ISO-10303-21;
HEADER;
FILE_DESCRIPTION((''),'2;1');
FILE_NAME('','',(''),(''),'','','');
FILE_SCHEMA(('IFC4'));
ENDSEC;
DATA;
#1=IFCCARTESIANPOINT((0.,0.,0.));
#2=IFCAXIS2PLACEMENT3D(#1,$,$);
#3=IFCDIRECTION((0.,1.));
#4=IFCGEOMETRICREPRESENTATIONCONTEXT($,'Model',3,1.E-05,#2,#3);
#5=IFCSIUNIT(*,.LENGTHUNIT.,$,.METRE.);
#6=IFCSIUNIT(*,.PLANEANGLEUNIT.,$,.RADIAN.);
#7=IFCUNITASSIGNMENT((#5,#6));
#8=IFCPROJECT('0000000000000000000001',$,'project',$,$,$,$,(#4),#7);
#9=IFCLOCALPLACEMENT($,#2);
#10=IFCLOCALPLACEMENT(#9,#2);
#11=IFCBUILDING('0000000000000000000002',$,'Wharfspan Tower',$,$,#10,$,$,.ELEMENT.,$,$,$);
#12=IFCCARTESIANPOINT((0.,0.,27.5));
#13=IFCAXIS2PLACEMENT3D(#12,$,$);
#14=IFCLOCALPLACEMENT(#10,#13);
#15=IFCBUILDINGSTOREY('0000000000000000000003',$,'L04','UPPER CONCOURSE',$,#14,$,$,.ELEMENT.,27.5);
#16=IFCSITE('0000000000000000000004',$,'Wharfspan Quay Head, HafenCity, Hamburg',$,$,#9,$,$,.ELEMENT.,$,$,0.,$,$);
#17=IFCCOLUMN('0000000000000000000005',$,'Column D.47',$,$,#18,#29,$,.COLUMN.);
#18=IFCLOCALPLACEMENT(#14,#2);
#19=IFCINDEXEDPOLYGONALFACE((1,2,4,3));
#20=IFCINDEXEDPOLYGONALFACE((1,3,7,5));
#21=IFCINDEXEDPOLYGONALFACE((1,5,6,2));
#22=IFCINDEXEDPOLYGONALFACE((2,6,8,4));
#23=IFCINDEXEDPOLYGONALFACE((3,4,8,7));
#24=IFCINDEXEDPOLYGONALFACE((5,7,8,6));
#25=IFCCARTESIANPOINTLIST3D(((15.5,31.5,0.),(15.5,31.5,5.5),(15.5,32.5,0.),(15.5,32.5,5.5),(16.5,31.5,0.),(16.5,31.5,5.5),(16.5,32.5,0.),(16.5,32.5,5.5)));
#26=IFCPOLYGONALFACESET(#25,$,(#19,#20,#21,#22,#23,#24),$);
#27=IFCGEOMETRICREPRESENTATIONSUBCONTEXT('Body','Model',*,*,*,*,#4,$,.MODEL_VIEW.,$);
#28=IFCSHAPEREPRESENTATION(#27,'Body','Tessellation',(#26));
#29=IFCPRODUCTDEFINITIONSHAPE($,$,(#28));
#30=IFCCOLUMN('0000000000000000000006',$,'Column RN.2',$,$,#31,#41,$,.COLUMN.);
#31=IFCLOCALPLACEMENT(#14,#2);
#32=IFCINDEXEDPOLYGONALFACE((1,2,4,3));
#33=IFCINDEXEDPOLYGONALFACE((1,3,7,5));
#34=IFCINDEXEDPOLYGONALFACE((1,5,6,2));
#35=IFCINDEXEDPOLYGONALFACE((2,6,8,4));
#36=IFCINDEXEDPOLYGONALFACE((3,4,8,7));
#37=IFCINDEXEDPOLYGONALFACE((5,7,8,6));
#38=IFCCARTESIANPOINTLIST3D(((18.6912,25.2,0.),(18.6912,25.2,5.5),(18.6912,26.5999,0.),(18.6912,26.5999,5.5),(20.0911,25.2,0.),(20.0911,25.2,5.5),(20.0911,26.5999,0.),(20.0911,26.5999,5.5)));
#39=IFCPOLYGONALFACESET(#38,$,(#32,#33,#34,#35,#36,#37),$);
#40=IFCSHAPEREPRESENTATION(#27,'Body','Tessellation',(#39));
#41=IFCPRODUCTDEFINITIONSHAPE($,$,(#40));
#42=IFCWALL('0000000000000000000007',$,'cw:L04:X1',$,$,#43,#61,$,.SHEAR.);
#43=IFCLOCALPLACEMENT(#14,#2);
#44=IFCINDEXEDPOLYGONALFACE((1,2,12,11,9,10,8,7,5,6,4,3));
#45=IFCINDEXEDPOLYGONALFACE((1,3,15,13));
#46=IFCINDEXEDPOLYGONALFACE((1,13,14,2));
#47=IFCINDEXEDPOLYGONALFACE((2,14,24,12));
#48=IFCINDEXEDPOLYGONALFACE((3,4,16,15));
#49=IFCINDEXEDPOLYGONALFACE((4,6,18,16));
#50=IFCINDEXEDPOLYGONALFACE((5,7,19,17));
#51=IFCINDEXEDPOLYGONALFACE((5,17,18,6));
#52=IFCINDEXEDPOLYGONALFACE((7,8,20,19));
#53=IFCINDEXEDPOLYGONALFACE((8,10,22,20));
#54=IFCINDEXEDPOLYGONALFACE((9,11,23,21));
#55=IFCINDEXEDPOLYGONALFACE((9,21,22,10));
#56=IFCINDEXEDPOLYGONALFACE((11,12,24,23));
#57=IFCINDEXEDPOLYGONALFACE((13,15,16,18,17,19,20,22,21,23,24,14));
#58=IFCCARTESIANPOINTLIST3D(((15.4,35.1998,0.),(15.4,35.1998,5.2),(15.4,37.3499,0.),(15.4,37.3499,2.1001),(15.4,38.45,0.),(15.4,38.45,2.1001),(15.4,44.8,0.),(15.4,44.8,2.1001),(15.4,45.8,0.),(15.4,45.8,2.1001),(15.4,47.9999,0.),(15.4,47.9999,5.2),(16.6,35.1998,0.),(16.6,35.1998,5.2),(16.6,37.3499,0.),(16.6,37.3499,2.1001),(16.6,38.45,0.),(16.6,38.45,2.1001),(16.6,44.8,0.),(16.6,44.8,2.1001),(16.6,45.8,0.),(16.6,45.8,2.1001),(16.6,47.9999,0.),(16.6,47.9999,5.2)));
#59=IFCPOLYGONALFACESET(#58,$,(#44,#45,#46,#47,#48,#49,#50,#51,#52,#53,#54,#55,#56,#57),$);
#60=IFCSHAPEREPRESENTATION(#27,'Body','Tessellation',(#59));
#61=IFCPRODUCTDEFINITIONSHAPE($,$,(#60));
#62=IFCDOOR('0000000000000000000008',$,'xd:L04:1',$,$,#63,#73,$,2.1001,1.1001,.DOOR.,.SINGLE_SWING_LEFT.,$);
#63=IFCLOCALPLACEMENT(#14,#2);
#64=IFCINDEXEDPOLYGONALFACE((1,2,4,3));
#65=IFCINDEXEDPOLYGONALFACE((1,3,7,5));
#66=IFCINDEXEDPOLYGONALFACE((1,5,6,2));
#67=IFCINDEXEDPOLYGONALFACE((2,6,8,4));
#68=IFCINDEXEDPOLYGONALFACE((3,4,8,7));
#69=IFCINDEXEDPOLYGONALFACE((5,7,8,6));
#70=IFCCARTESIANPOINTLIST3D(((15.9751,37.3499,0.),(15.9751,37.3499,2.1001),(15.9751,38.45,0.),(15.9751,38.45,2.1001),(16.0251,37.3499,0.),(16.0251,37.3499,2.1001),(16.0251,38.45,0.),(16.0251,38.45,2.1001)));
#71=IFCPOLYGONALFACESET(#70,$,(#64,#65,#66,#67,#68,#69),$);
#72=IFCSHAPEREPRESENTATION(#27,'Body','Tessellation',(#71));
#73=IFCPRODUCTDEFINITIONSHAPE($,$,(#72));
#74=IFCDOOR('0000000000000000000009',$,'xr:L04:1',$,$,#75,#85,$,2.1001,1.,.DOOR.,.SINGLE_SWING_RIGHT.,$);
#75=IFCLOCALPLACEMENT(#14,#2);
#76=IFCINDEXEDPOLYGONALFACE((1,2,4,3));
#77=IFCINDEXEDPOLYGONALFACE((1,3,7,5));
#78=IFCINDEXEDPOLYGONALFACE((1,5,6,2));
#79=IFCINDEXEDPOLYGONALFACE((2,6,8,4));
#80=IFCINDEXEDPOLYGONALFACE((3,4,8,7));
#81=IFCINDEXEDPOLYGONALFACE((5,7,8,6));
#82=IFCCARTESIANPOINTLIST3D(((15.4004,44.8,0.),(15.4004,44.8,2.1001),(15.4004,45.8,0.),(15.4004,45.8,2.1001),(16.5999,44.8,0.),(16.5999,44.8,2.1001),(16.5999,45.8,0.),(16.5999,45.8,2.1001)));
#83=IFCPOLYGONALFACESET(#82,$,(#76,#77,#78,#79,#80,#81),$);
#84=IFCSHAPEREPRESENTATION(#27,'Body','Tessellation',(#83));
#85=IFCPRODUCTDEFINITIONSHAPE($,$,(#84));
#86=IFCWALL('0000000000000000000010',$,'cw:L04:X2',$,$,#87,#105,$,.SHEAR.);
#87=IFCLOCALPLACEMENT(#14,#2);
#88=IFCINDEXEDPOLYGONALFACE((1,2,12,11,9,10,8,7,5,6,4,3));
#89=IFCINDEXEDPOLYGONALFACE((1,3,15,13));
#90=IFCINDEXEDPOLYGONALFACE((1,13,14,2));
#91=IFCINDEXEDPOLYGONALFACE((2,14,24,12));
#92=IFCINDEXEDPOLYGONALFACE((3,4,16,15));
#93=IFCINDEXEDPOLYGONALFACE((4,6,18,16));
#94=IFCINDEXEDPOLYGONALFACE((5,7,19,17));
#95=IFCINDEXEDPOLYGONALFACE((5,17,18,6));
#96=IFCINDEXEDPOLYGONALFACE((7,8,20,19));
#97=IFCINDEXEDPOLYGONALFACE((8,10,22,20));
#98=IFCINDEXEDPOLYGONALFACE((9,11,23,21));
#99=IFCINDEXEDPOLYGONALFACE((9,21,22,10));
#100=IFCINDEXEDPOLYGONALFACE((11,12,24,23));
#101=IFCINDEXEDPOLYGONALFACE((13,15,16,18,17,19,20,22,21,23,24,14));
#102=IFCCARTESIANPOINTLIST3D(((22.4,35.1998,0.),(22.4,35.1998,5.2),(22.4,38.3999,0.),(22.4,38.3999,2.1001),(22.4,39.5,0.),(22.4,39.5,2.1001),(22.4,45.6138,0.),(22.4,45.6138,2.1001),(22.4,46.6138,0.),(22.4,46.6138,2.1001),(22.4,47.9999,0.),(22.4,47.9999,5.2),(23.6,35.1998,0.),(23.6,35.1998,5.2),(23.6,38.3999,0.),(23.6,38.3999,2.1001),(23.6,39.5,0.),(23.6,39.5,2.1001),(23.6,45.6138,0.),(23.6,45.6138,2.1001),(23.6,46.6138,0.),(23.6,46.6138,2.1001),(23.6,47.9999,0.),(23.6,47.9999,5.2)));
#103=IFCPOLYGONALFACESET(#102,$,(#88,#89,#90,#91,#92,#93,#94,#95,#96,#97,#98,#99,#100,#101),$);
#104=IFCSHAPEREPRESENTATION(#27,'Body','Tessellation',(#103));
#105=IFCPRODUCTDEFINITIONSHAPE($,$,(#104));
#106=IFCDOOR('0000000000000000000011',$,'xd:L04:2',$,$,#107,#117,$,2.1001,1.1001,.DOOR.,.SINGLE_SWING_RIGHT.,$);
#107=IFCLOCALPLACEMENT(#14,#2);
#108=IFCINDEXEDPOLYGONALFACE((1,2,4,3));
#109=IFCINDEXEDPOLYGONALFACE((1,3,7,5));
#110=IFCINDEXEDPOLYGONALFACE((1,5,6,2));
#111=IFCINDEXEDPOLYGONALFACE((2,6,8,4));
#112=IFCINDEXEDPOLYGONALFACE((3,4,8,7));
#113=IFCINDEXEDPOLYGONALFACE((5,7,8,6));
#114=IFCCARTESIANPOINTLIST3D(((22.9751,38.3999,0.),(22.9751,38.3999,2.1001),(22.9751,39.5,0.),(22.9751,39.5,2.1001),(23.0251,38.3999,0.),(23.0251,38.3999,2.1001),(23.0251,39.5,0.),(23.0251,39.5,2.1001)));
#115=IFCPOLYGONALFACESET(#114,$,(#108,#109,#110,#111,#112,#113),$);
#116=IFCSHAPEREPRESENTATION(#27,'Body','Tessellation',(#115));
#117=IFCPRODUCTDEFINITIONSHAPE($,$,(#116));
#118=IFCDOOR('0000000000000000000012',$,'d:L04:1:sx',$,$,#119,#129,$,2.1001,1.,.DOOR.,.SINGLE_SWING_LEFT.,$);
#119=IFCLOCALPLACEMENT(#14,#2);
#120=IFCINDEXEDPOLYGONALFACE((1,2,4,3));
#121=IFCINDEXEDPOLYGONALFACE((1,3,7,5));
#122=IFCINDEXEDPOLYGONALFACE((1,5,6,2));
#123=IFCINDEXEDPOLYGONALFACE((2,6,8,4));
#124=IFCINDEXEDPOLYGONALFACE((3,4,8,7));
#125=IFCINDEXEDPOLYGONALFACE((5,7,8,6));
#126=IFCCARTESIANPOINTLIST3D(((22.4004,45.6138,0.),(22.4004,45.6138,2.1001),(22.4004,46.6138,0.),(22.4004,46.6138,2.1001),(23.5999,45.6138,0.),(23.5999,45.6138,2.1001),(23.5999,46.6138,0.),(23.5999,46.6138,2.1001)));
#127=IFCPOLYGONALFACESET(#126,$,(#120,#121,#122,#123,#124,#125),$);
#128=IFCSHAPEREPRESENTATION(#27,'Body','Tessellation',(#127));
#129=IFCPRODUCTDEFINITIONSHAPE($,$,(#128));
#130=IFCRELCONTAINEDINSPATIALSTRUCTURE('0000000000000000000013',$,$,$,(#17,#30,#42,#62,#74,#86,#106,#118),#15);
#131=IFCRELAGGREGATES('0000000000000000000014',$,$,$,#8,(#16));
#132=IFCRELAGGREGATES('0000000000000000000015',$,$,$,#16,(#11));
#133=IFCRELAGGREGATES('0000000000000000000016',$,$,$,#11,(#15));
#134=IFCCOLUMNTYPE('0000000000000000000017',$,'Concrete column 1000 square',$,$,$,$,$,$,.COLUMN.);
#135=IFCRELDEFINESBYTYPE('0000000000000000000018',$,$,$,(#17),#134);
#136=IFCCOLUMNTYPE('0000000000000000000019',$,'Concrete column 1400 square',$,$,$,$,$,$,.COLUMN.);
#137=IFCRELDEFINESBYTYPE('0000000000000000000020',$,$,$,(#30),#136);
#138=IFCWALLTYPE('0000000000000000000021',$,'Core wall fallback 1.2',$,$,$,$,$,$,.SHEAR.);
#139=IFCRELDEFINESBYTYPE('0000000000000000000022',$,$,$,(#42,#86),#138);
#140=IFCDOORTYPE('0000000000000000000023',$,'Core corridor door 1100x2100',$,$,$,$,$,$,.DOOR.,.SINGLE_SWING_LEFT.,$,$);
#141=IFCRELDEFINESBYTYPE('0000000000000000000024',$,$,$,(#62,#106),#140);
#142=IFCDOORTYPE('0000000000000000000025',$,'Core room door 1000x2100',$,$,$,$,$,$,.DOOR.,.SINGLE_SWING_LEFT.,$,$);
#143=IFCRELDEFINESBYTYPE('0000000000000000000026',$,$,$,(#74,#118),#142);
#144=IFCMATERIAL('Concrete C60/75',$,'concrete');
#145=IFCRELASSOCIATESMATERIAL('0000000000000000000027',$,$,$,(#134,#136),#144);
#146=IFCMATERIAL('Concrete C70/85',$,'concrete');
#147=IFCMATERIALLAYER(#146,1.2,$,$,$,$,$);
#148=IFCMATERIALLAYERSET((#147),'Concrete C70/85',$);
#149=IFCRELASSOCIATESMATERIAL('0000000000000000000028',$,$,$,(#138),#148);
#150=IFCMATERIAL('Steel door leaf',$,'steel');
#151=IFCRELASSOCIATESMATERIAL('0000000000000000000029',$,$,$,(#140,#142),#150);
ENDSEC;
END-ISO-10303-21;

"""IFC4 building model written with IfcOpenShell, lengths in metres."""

from ifc_helpers import new_model, si_unit, direction, frame, frame_2d, origin, origin_2d, place, context, subcontext, project, spatial, rectangle, extrude, material, layer, layer_set, material_profile, profile_set, type_object, element, fill, save


model = new_model("IFC4")

# Units and contexts
model_context = context("Model", 3, precision=1e-05, world=origin(), true_north=direction((0.0, 1.0)))
body_context = subcontext(model_context, "Body", "Model", "MODEL_VIEW")
ifc_project = project(units=[si_unit("LENGTHUNIT", "METRE"), si_unit("PLANEANGLEUNIT", "RADIAN")], contexts=[model_context])

# Site, building, storey
site_placement = place(None, origin())
site = spatial("IfcSite", under=ifc_project, at=site_placement, Name="Wharfspan Quay Head, HafenCity, Hamburg", CompositionType="ELEMENT", RefElevation=0.0)
building_placement = place(site_placement, origin())
building = spatial("IfcBuilding", under=site, at=building_placement, Name="Wharfspan Tower", CompositionType="ELEMENT")
storey_placement = place(building_placement, frame((0.0, 0.0, 27.5)))
storey = spatial("IfcBuildingStorey", under=building, at=storey_placement, Name="L04", Description="UPPER CONCOURSE", CompositionType="ELEMENT", Elevation=27.5)

# Columns
ifc_material_1 = material(Name="Concrete C60/75", Category="concrete")
ifc_material_profile_1 = material_profile(ifc_material_1, rectangle(XDim=1.0, YDim=1.0, at=origin_2d()))
ifc_profile_set_1 = profile_set([ifc_material_profile_1], Name="Concrete C60/75")
column_type_1 = type_object("IfcColumnType", Name="Concrete column 1000 square", PredefinedType="COLUMN", material=ifc_profile_set_1)
column_1_placement = place(storey_placement, frame((16.0, 32.0, 0.0), z_axis=(0.0, 0.0, 1.0), x_axis=(1.0, 0.0, 0.0)))
element("IfcColumn", 1, at=column_1_placement, inside=storey, type_object=column_type_1, Name="Column D.47", PredefinedType="COLUMN", context=body_context, shape_type="SweptSolid", body=[
    extrude(rectangle(XDim=1.0, YDim=1.0, at=origin_2d()), origin(), (0.0, 0.0, 1.0), 5.5),
])
ifc_material_profile_2 = material_profile(ifc_material_1, rectangle(XDim=1.3999, YDim=1.3999, at=origin_2d()))
ifc_profile_set_2 = profile_set([ifc_material_profile_2], Name="Concrete C60/75")
column_type_2 = type_object("IfcColumnType", Name="Concrete column 1400 square", PredefinedType="COLUMN", material=ifc_profile_set_2)
column_2_placement = place(storey_placement, frame((19.3911, 25.8999, 0.0), z_axis=(0.0, 0.0, 1.0), x_axis=(1.0, 0.0, 0.0)))
element("IfcColumn", 2, at=column_2_placement, inside=storey, type_object=column_type_2, Name="Column RN.2", PredefinedType="COLUMN", context=body_context, shape_type="SweptSolid", body=[
    extrude(rectangle(XDim=1.3999, YDim=1.3999, at=origin_2d()), origin(), (0.0, 0.0, 1.0), 5.5),
])

# Walls, openings, doors
ifc_material_2 = material(Name="Concrete C70/85", Category="concrete")
ifc_layer = layer(ifc_material_2, 1.2)
ifc_layer_set = layer_set([ifc_layer], Name="Concrete C70/85")
wall_type = type_object("IfcWallType", Name="Core wall fallback 1.2", PredefinedType="SHEAR", material=ifc_layer_set)
wall_1_placement = place(storey_placement, frame((16.0, 35.2, 0.0), z_axis=(0.0, 0.0, 1.0), x_axis=(0.0, 1.0, 0.0)))
wall_1 = element("IfcWall", 3, at=wall_1_placement, inside=storey, type_object=wall_type, Name="cw:L04:X1", PredefinedType="SHEAR", context=body_context, shape_type="SweptSolid", body=[
    extrude(rectangle(XDim=12.8, YDim=1.2, at=frame_2d((6.3999, 0.0))), origin(), (0.0, 0.0, 1.0), 5.2),
])
opening_1_placement = place(wall_1_placement, frame((2.1499, 0.0, 0.0)))
opening_1 = element("IfcOpeningElement", 4, at=opening_1_placement, cuts=wall_1, PredefinedType="OPENING", context=body_context, shape_type="SweptSolid", body=[
    extrude(rectangle(XDim=1.1001, YDim=2.1001, at=frame_2d((0.55, 1.05))), frame((0.0, 0.6099, 0.0), z_axis=(0.0, -1.0, 0.0), x_axis=(1.0, 0.0, 0.0)), (0.0, 0.0, 1.0), 1.22),
])
opening_2_placement = place(wall_1_placement, frame((9.6001, 0.0, 0.0)))
opening_2 = element("IfcOpeningElement", 5, at=opening_2_placement, cuts=wall_1, PredefinedType="OPENING", context=body_context, shape_type="SweptSolid", body=[
    extrude(rectangle(XDim=1.0, YDim=2.1001, at=frame_2d((0.5, 1.05))), frame((0.0, 0.6099, 0.0), z_axis=(0.0, -1.0, 0.0), x_axis=(1.0, 0.0, 0.0)), (0.0, 0.0, 1.0), 1.22),
])
ifc_material_3 = material(Name="Steel door leaf", Category="steel")
door_type_1 = type_object("IfcDoorType", Name="Core corridor door 1100x2100", OperationType="SINGLE_SWING_LEFT", PredefinedType="DOOR", material=ifc_material_3)
door_1_placement = place(opening_1_placement, origin())
door_1 = element("IfcDoor", 6, at=door_1_placement, inside=storey, type_object=door_type_1, Name="xd:L04:1", OperationType="SINGLE_SWING_LEFT", OverallHeight=2.1001, OverallWidth=1.1001, PredefinedType="DOOR", context=body_context, shape_type="SweptSolid", body=[
    extrude(rectangle(XDim=1.1001, YDim=2.1001, at=frame_2d((0.55, 1.05))), frame((0.0, 0.0249, 0.0), z_axis=(0.0, -1.0, 0.0), x_axis=(1.0, 0.0, 0.0)), (0.0, 0.0, 1.0), 0.05),
])
fill(opening_1, door_1)
door_type_2 = type_object("IfcDoorType", Name="Core room door 1000x2100", OperationType="SINGLE_SWING_LEFT", PredefinedType="DOOR", material=ifc_material_3)
door_2_placement = place(opening_2_placement, origin())
door_2 = element("IfcDoor", 7, at=door_2_placement, inside=storey, type_object=door_type_2, Name="xr:L04:1", OperationType="SINGLE_SWING_RIGHT", OverallHeight=2.1001, OverallWidth=1.0, PredefinedType="DOOR", context=body_context, shape_type="SweptSolid", body=[
    extrude(rectangle(XDim=1.0, YDim=2.1001, at=frame_2d((0.5, 1.05))), frame((0.0, 0.5996, 0.0), z_axis=(0.0, -1.0, 0.0), x_axis=(1.0, 0.0, 0.0)), (0.0, 0.0, 1.0), 1.1995),
])
fill(opening_2, door_2)
wall_2_placement = place(storey_placement, frame((23.0, 35.2, 0.0), z_axis=(0.0, 0.0, 1.0), x_axis=(0.0, 1.0, 0.0)))
wall_2 = element("IfcWall", 8, at=wall_2_placement, inside=storey, type_object=wall_type, Name="cw:L04:X2", PredefinedType="SHEAR", context=body_context, shape_type="SweptSolid", body=[
    extrude(rectangle(XDim=12.8, YDim=1.2, at=frame_2d((6.3999, 0.0))), origin(), (0.0, 0.0, 1.0), 5.2),
])
opening_3_placement = place(wall_2_placement, frame((10.4138, 0.0, 0.0)))
opening_3 = element("IfcOpeningElement", 9, at=opening_3_placement, cuts=wall_2, PredefinedType="OPENING", context=body_context, shape_type="SweptSolid", body=[
    extrude(rectangle(XDim=1.0, YDim=2.1001, at=frame_2d((0.5, 1.05))), frame((0.0, 0.6099, 0.0), z_axis=(0.0, -1.0, 0.0), x_axis=(1.0, 0.0, 0.0)), (0.0, 0.0, 1.0), 1.22),
])
opening_4_placement = place(wall_2_placement, frame((3.2, 0.0, 0.0)))
opening_4 = element("IfcOpeningElement", 10, at=opening_4_placement, cuts=wall_2, PredefinedType="OPENING", context=body_context, shape_type="SweptSolid", body=[
    extrude(rectangle(XDim=1.1001, YDim=2.1001, at=frame_2d((0.55, 1.05))), frame((0.0, 0.6099, 0.0), z_axis=(0.0, -1.0, 0.0), x_axis=(1.0, 0.0, 0.0)), (0.0, 0.0, 1.0), 1.22),
])
door_3_placement = place(opening_4_placement, origin())
door_3 = element("IfcDoor", 11, at=door_3_placement, inside=storey, type_object=door_type_1, Name="xd:L04:2", OperationType="SINGLE_SWING_RIGHT", OverallHeight=2.1001, OverallWidth=1.1001, PredefinedType="DOOR", context=body_context, shape_type="SweptSolid", body=[
    extrude(rectangle(XDim=1.1001, YDim=2.1001, at=frame_2d((0.55, 1.05))), frame((0.0, 0.0249, 0.0), z_axis=(0.0, -1.0, 0.0), x_axis=(1.0, 0.0, 0.0)), (0.0, 0.0, 1.0), 0.05),
])
fill(opening_4, door_3)
door_4_placement = place(opening_3_placement, origin())
door_4 = element("IfcDoor", 12, at=door_4_placement, inside=storey, type_object=door_type_2, Name="d:L04:1:sx", OperationType="SINGLE_SWING_LEFT", OverallHeight=2.1001, OverallWidth=1.0, PredefinedType="DOOR", context=body_context, shape_type="SweptSolid", body=[
    extrude(rectangle(XDim=1.0, YDim=2.1001, at=frame_2d((0.5, 1.05))), frame((0.0, 0.5996, 0.0), z_axis=(0.0, -1.0, 0.0), x_axis=(1.0, 0.0, 0.0)), (0.0, 0.0, 1.0), 1.1995),
])
fill(opening_3, door_4)

save(model, "model.ifc")
